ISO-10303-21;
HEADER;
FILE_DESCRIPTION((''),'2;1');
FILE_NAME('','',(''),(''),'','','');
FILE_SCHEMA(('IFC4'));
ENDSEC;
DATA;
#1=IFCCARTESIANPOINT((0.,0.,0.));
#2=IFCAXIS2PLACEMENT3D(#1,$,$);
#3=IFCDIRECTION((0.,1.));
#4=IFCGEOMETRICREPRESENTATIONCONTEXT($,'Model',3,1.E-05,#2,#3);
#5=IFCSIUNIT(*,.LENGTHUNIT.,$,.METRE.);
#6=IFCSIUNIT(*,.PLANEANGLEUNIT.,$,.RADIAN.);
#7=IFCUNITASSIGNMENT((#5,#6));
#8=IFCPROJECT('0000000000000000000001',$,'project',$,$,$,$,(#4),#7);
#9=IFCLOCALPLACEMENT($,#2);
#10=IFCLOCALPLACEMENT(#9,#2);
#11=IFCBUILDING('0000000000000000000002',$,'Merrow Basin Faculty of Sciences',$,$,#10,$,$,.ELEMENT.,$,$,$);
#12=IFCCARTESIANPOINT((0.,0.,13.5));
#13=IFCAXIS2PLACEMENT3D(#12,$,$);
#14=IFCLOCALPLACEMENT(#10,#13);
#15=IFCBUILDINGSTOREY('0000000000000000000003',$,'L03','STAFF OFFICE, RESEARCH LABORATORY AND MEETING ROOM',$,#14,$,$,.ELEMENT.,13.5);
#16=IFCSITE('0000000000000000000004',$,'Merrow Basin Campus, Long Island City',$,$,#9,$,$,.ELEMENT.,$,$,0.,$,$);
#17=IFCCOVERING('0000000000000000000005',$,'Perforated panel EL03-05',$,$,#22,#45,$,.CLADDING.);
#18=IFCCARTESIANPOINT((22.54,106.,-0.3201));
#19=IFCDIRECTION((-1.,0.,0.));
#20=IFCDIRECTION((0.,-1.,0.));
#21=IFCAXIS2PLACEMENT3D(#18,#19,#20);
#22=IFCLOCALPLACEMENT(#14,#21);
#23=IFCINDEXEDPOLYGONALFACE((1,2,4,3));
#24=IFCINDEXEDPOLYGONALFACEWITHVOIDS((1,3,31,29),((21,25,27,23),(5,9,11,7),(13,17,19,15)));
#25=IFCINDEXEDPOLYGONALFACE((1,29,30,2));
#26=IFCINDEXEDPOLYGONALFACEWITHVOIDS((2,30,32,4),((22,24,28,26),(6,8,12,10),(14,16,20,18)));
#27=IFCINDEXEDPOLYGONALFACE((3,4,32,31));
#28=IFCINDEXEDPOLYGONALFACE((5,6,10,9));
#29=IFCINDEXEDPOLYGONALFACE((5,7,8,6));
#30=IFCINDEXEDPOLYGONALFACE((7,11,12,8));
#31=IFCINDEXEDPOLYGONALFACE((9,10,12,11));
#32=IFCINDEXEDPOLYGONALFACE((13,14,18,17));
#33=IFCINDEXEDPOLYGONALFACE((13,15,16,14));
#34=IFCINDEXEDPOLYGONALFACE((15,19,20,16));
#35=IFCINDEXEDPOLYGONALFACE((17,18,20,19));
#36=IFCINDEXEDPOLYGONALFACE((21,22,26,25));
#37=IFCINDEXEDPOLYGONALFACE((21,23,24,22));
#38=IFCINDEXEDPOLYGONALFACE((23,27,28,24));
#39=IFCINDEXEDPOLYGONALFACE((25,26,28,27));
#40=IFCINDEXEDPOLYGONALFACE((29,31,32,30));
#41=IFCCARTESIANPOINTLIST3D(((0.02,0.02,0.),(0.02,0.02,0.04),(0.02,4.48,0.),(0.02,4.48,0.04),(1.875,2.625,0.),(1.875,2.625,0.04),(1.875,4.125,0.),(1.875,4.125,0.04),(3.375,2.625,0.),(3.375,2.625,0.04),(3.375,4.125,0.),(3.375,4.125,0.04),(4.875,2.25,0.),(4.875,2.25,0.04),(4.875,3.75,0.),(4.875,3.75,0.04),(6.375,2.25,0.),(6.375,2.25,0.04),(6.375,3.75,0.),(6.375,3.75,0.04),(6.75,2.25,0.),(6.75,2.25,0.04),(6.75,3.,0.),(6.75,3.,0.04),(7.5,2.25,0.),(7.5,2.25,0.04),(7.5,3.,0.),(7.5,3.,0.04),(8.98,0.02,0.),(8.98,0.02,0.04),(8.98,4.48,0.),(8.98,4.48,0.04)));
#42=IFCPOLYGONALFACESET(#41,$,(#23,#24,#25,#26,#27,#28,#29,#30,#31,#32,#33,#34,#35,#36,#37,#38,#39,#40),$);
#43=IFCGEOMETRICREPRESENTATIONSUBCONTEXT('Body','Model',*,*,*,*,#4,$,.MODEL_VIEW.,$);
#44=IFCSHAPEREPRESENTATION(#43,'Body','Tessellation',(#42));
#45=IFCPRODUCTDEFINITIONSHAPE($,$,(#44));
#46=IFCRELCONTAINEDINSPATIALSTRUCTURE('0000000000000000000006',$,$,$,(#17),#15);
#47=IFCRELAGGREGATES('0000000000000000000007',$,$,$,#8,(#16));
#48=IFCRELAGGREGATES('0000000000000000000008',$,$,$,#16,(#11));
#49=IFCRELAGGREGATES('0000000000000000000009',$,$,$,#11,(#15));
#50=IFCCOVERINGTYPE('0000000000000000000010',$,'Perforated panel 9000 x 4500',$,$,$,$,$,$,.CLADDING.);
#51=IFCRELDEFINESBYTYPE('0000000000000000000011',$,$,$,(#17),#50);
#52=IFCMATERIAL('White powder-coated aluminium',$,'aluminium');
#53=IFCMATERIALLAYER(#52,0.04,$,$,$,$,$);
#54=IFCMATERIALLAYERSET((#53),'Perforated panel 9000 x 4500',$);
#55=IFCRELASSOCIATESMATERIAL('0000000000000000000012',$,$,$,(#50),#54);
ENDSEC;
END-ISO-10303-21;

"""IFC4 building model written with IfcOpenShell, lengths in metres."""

from ifc_helpers import new_model, si_unit, direction, frame, origin, place, context, subcontext, project, spatial, polyline, outline, extrude, source, transform, mapped, material, layer, layer_set, type_object, element, save


model = new_model("IFC4")

# Units and contexts
model_context = context("Model", 3, precision=1e-05, world=origin(), true_north=direction((0.0, 1.0)))
body_context = subcontext(model_context, "Body", "Model", "MODEL_VIEW")
ifc_project = project(units=[si_unit("LENGTHUNIT", "METRE"), si_unit("PLANEANGLEUNIT", "RADIAN")], contexts=[model_context])

# Site, building, storey
site_placement = place(None, origin())
site = spatial("IfcSite", under=ifc_project, at=site_placement, Name="Merrow Basin Campus, Long Island City", CompositionType="ELEMENT", RefElevation=0.0)
building_placement = place(site_placement, origin())
building = spatial("IfcBuilding", under=site, at=building_placement, Name="Merrow Basin Faculty of Sciences", CompositionType="ELEMENT")
storey_placement = place(building_placement, frame((0.0, 0.0, 13.5)))
storey = spatial("IfcBuildingStorey", under=building, at=storey_placement, Name="L03", Description="STAFF OFFICE, RESEARCH LABORATORY AND MEETING ROOM", CompositionType="ELEMENT", Elevation=13.5)

# Covering
ifc_material_1 = material(Name="White powder-coated aluminium", Category="aluminium")
ifc_layer_1 = layer(ifc_material_1, 0.04)
ifc_layer_set_1 = layer_set([ifc_layer_1], Name="Perforated panel 9000 x 4500")
covering_type = type_object("IfcCoveringType", Name="Perforated panel 9000 x 4500", PredefinedType="CLADDING", material=ifc_layer_set_1)
shared_shape_1 = source(origin(), body_context, "Body", "SweptSolid", [
    extrude(outline(polyline([(0.02, 0.02), (8.98, 0.02), (8.98, 4.48), (0.02, 4.48), (0.02, 0.02)]), holes=[polyline([(6.75, 2.25), (7.5, 2.25), (7.5, 3.0), (6.75, 3.0), (6.75, 2.25)]), polyline([(4.875, 2.25), (6.375, 2.25), (6.375, 3.75), (4.875, 3.75), (4.875, 2.25)]), polyline([(1.875, 2.625), (3.375, 2.625), (3.375, 4.125), (1.875, 4.125), (1.875, 2.625)])]), origin(), (0.0, 0.0, 1.0), 0.04),
])
covering_placement = place(storey_placement, frame((22.54, 106.0, -0.3201), z_axis=(-1.0, 0.0, 0.0), x_axis=(0.0, -1.0, 0.0)))
element("IfcCovering", 1, at=covering_placement, inside=storey, type_object=covering_type, Name="Perforated panel EL03-05", PredefinedType="CLADDING", context=body_context, shape_type="MappedRepresentation", body=[
    mapped(shared_shape_1, transform((0.0, 0.0, 0.0), scale=1.0)),
])

save(model, "model.ifc")
